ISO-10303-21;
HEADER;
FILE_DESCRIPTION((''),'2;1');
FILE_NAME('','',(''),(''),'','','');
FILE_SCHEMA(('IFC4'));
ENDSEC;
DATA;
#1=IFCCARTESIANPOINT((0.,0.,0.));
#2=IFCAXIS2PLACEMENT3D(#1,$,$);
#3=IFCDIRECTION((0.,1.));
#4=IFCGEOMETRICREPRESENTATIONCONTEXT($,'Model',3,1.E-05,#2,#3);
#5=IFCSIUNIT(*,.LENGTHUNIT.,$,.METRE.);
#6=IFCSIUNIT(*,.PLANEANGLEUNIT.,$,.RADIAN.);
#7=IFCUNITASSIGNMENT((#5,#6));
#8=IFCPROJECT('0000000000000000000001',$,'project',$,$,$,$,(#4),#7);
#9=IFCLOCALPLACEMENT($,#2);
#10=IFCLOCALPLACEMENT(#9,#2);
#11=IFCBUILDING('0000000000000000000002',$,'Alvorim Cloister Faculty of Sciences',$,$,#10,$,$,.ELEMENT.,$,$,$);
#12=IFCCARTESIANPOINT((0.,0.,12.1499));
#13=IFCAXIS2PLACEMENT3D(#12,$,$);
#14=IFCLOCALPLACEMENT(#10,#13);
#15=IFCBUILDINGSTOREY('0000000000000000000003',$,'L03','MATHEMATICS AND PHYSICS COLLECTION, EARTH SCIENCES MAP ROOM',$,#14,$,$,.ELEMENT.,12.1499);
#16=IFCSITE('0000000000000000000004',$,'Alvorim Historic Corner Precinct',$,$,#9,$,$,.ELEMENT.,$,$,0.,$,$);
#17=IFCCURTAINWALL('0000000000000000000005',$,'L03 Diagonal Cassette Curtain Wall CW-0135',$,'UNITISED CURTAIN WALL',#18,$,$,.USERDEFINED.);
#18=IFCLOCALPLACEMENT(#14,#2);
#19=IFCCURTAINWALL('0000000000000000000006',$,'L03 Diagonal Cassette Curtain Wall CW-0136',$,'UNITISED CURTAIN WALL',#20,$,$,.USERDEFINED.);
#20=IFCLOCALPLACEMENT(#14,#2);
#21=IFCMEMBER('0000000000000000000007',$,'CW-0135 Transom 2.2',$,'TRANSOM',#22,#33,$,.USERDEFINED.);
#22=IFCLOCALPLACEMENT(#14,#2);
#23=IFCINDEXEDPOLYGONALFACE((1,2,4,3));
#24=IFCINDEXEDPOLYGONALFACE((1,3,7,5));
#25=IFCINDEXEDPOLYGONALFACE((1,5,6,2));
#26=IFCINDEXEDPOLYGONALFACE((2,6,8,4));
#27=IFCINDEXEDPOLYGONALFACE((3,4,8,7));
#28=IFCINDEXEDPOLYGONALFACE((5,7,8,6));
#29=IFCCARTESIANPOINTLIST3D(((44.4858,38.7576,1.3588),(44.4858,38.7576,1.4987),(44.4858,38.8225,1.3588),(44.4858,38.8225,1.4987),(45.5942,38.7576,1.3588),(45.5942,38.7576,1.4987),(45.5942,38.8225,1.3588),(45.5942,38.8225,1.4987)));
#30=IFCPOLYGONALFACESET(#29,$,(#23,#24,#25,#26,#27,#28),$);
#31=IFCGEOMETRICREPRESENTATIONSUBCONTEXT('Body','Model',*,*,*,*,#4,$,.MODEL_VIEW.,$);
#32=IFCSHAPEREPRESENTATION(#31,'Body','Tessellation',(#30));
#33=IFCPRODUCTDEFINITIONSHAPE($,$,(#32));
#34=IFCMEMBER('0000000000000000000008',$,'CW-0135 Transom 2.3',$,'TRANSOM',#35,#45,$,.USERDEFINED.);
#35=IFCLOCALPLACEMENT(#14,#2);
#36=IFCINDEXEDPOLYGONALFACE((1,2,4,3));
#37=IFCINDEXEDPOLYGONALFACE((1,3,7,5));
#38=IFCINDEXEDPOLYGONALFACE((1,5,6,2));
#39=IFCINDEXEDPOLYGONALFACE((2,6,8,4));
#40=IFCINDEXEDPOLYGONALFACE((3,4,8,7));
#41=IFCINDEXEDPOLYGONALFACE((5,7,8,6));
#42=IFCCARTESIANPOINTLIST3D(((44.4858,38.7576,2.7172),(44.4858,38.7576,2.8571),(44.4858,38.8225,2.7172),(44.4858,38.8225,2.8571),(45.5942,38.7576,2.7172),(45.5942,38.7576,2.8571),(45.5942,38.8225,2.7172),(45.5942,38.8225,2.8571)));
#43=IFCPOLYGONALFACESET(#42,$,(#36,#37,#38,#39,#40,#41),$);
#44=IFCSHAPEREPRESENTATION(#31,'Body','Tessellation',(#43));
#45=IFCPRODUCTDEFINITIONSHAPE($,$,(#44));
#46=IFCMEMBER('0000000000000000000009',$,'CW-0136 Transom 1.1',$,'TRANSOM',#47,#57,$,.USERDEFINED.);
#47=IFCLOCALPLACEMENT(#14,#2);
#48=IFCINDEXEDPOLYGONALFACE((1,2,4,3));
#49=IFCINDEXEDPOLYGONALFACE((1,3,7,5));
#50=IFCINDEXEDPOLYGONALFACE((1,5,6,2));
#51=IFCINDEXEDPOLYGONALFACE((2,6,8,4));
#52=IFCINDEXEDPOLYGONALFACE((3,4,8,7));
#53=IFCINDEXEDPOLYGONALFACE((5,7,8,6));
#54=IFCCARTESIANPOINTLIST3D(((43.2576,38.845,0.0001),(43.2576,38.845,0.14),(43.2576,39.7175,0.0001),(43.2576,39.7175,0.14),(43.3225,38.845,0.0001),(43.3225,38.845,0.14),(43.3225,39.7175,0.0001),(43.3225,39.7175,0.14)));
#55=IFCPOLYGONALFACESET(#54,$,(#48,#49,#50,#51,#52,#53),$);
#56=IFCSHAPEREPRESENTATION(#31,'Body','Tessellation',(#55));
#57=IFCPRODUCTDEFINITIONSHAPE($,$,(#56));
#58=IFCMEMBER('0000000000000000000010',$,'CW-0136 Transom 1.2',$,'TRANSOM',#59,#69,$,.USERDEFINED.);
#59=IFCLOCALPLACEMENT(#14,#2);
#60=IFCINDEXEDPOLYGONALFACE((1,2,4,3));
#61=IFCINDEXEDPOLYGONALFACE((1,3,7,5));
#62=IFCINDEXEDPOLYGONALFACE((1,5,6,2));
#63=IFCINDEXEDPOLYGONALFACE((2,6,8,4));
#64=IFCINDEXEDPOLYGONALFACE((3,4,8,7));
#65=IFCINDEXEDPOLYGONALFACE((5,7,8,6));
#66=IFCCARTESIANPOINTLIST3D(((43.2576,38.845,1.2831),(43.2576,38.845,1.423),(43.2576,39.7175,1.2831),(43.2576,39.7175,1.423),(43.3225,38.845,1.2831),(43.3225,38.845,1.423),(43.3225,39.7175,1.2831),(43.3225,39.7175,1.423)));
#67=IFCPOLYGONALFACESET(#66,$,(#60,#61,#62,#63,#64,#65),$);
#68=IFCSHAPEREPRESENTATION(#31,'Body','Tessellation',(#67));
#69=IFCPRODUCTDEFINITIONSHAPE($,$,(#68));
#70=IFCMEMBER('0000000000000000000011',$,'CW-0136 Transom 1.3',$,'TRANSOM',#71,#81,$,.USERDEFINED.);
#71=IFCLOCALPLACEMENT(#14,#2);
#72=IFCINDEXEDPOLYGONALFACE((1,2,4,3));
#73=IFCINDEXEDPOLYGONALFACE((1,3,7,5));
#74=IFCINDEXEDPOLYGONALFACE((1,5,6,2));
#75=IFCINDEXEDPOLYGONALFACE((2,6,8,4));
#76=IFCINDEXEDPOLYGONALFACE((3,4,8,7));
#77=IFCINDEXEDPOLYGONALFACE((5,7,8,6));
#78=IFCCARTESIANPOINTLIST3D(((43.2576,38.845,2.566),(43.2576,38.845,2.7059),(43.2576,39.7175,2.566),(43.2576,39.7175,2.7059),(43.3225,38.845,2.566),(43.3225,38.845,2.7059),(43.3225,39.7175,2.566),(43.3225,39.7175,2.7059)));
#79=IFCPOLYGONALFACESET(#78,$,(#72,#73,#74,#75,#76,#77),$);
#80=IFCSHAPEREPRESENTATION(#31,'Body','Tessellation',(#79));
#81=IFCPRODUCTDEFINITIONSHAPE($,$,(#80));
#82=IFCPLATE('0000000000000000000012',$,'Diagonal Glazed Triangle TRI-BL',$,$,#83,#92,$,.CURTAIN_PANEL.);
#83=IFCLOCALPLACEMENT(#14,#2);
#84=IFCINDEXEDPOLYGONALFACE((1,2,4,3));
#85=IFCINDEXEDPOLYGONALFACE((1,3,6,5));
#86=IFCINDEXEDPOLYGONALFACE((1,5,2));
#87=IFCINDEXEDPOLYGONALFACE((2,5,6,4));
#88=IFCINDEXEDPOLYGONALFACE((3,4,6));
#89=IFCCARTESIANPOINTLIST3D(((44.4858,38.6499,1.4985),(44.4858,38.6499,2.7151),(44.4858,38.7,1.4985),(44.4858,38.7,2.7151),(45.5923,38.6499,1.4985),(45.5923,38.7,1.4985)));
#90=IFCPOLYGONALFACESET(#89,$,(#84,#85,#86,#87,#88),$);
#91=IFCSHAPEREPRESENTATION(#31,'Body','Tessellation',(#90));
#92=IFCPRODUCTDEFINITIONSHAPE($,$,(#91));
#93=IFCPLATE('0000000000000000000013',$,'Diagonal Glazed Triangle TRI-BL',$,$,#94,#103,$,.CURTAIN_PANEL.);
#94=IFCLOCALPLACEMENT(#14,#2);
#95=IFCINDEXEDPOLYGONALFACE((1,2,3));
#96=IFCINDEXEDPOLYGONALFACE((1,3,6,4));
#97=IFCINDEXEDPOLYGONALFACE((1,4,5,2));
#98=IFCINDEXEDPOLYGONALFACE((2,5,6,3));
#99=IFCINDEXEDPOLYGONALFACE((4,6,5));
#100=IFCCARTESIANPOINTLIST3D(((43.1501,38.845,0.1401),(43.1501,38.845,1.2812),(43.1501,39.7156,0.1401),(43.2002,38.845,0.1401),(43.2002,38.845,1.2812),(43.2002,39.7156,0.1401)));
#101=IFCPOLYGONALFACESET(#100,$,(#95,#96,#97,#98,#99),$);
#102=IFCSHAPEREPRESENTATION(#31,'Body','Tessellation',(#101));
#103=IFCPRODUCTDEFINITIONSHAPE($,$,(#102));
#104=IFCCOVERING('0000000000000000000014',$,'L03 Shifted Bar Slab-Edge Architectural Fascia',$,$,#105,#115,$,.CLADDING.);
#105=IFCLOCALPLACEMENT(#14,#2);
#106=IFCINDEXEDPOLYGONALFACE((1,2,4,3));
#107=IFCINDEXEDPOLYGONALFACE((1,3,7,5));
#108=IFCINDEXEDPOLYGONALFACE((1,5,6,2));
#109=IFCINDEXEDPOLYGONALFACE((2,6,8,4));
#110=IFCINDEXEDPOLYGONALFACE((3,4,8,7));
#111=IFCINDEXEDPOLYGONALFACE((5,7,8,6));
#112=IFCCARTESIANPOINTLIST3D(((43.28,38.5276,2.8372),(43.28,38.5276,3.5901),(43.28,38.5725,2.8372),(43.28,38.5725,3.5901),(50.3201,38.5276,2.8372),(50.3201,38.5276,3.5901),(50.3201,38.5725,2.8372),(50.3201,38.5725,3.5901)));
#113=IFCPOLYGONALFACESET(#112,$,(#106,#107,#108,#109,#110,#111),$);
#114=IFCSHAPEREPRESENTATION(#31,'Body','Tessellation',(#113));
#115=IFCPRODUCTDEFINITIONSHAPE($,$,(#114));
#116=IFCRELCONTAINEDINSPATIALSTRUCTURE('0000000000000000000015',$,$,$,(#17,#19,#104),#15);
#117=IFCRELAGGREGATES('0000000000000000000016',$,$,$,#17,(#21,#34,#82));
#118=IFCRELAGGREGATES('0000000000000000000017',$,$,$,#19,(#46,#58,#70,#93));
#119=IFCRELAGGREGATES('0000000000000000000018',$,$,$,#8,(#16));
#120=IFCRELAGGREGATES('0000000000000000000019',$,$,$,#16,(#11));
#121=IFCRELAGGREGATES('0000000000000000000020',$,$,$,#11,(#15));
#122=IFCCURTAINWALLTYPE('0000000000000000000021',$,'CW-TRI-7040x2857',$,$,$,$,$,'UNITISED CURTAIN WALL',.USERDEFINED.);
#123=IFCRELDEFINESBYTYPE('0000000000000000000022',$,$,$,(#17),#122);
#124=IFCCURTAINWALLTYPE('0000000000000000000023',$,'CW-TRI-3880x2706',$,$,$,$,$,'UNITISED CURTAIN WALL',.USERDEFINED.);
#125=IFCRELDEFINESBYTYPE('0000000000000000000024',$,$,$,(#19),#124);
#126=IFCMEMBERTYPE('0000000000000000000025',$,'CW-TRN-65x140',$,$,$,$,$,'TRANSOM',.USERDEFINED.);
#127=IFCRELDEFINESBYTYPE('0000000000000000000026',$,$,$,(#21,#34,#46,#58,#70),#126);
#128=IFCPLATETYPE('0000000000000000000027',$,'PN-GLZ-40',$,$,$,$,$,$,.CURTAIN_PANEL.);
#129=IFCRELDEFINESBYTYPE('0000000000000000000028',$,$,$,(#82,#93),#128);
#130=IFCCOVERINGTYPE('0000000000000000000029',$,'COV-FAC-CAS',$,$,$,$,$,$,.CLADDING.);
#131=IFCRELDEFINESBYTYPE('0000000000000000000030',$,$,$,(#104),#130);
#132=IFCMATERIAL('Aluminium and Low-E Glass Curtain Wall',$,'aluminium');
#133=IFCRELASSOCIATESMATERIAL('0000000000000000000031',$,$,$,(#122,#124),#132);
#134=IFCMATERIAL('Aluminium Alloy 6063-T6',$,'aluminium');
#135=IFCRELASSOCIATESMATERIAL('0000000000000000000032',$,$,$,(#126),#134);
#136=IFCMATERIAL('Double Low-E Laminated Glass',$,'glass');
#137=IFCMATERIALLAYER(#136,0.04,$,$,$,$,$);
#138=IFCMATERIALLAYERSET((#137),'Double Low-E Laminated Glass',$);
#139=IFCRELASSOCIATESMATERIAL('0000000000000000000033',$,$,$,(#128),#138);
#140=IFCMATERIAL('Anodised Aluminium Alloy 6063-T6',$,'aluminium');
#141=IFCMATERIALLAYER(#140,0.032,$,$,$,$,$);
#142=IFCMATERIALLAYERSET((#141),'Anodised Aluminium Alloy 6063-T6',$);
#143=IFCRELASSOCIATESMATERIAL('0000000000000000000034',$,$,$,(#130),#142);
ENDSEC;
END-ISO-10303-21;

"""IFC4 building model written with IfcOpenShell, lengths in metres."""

from ifc_helpers import new_model, si_unit, direction, frame, origin, origin_2d, place, context, subcontext, project, spatial, polyline, rectangle, outline, extrude, material, layer, layer_set, material_profile, profile_set, type_object, element, aggregate, save


model = new_model("IFC4")

# Units and contexts
model_context = context("Model", 3, precision=1e-05, world=origin(), true_north=direction((0.0, 1.0)))
body_context = subcontext(model_context, "Body", "Model", "MODEL_VIEW")
ifc_project = project(units=[si_unit("LENGTHUNIT", "METRE"), si_unit("PLANEANGLEUNIT", "RADIAN")], contexts=[model_context])

# Site, building, storey
site_placement = place(None, origin())
site = spatial("IfcSite", under=ifc_project, at=site_placement, Name="Alvorim Historic Corner Precinct", CompositionType="ELEMENT", RefElevation=0.0)
building_placement = place(site_placement, origin())
building = spatial("IfcBuilding", under=site, at=building_placement, Name="Alvorim Cloister Faculty of Sciences", CompositionType="ELEMENT")
storey_placement = place(building_placement, frame((0.0, 0.0, 12.1499)))
storey = spatial("IfcBuildingStorey", under=building, at=storey_placement, Name="L03", Description="MATHEMATICS AND PHYSICS COLLECTION, EARTH SCIENCES MAP ROOM", CompositionType="ELEMENT", Elevation=12.1499)

# Curtain wall
ifc_material_1 = material(Name="Aluminium and Low-E Glass Curtain Wall", Category="aluminium")
curtain_wall_type_1 = type_object("IfcCurtainWallType", Name="CW-TRI-7040x2857", ElementType="UNITISED CURTAIN WALL", PredefinedType="USERDEFINED", material=ifc_material_1)
curtain_wall_1_placement = place(storey_placement, origin())
curtain_wall_1 = element("IfcCurtainWall", 1, at=curtain_wall_1_placement, inside=storey, type_object=curtain_wall_type_1, Name="L03 Diagonal Cassette Curtain Wall CW-0135", ObjectType="UNITISED CURTAIN WALL", PredefinedType="USERDEFINED")
ifc_material_2 = material(Name="Aluminium Alloy 6063-T6", Category="aluminium")

# Curtain wall
curtain_wall_type_2 = type_object("IfcCurtainWallType", Name="CW-TRI-3880x2706", ElementType="UNITISED CURTAIN WALL", PredefinedType="USERDEFINED", material=ifc_material_1)
curtain_wall_2_placement = place(storey_placement, origin())
curtain_wall_2 = element("IfcCurtainWall", 2, at=curtain_wall_2_placement, inside=storey, type_object=curtain_wall_type_2, Name="L03 Diagonal Cassette Curtain Wall CW-0136", ObjectType="UNITISED CURTAIN WALL", PredefinedType="USERDEFINED")

# Members
ifc_material_profile_1 = material_profile(ifc_material_2, rectangle(XDim=0.0649, YDim=0.1399, at=origin_2d()), Name="ALU-TRN-65x140")
ifc_profile_set_1 = profile_set([ifc_material_profile_1], Name="Aluminium Alloy 6063-T6")
member_type_1 = type_object("IfcMemberType", Name="CW-TRN-65x140", ElementType="TRANSOM", PredefinedType="USERDEFINED", material=ifc_profile_set_1)
member_1_placement = place(storey_placement, frame((44.4858, 38.79, 1.4287), z_axis=(1.0, 0.0, 0.0), x_axis=(0.0, 1.0, 0.0)))
member_1 = element("IfcMember", 3, at=member_1_placement, type_object=member_type_1, Name="CW-0135 Transom 2.2", ObjectType="TRANSOM", PredefinedType="USERDEFINED", context=body_context, shape_type="SweptSolid", body=[
    extrude(rectangle(XDim=0.0649, YDim=0.1399, at=origin_2d()), origin(), (0.0, 0.0, 1.0), 1.1084),
])
member_2_placement = place(storey_placement, frame((44.4858, 38.79, 2.7871), z_axis=(1.0, 0.0, 0.0), x_axis=(0.0, 1.0, 0.0)))
member_2 = element("IfcMember", 4, at=member_2_placement, type_object=member_type_1, Name="CW-0135 Transom 2.3", ObjectType="TRANSOM", PredefinedType="USERDEFINED", context=body_context, shape_type="SweptSolid", body=[
    extrude(rectangle(XDim=0.0649, YDim=0.1399, at=origin_2d()), origin(), (0.0, 0.0, 1.0), 1.1084),
])
member_3_placement = place(storey_placement, frame((43.29, 38.845, 0.0701), z_axis=(0.0, 1.0, 0.0), x_axis=(-1.0, 0.0, 0.0)))
member_3 = element("IfcMember", 5, at=member_3_placement, type_object=member_type_1, Name="CW-0136 Transom 1.1", ObjectType="TRANSOM", PredefinedType="USERDEFINED", context=body_context, shape_type="SweptSolid", body=[
    extrude(rectangle(XDim=0.0649, YDim=0.1399, at=origin_2d()), origin(), (0.0, 0.0, 1.0), 0.8726),
])
member_4_placement = place(storey_placement, frame((43.29, 38.845, 1.353), z_axis=(0.0, 1.0, 0.0), x_axis=(-1.0, 0.0, 0.0)))
member_4 = element("IfcMember", 6, at=member_4_placement, type_object=member_type_1, Name="CW-0136 Transom 1.2", ObjectType="TRANSOM", PredefinedType="USERDEFINED", context=body_context, shape_type="SweptSolid", body=[
    extrude(rectangle(XDim=0.0649, YDim=0.1399, at=origin_2d()), origin(), (0.0, 0.0, 1.0), 0.8726),
])
member_5_placement = place(storey_placement, frame((43.29, 38.845, 2.636), z_axis=(0.0, 1.0, 0.0), x_axis=(-1.0, 0.0, 0.0)))
member_5 = element("IfcMember", 7, at=member_5_placement, type_object=member_type_1, Name="CW-0136 Transom 1.3", ObjectType="TRANSOM", PredefinedType="USERDEFINED", context=body_context, shape_type="SweptSolid", body=[
    extrude(rectangle(XDim=0.0649, YDim=0.1399, at=origin_2d()), origin(), (0.0, 0.0, 1.0), 0.8726),
])

# Plates
ifc_material_3 = material(Name="Double Low-E Laminated Glass", Category="glass")
ifc_layer_1 = layer(ifc_material_3, 0.04)
ifc_layer_set_1 = layer_set([ifc_layer_1], Name="Double Low-E Laminated Glass")
plate_type = type_object("IfcPlateType", Name="PN-GLZ-40", PredefinedType="CURTAIN_PANEL", material=ifc_layer_set_1)
plate_1_placement = place(storey_placement, frame((44.4858, 38.675, 1.4985), z_axis=(0.0, 0.0, 1.0), x_axis=(1.0, 0.0, 0.0)))
plate_1 = element("IfcPlate", 8, at=plate_1_placement, type_object=plate_type, Name="Diagonal Glazed Triangle TRI-BL", PredefinedType="CURTAIN_PANEL", context=body_context, shape_type="SweptSolid", body=[
    extrude(outline(polyline([(0.0, 0.0), (1.1064, 0.0), (0.0, 1.2166), (0.0, 0.0)])), frame((0.0, 0.0249, 0.0), z_axis=(0.0, -1.0, 0.0), x_axis=(1.0, 0.0, 0.0)), (0.0, 0.0, 1.0), 0.05),
])
aggregate(curtain_wall_1, [member_1, member_2, plate_1])
plate_2_placement = place(storey_placement, frame((43.175, 38.845, 0.1401), z_axis=(0.0, 0.0, 1.0), x_axis=(0.0, 1.0, 0.0)))
plate_2 = element("IfcPlate", 9, at=plate_2_placement, type_object=plate_type, Name="Diagonal Glazed Triangle TRI-BL", PredefinedType="CURTAIN_PANEL", context=body_context, shape_type="SweptSolid", body=[
    extrude(outline(polyline([(0.0, 0.0), (0.8706, 0.0), (0.0, 1.1411), (0.0, 0.0)])), frame((0.0, 0.0249, 0.0), z_axis=(0.0, -1.0, 0.0), x_axis=(1.0, 0.0, 0.0)), (0.0, 0.0, 1.0), 0.05),
])
aggregate(curtain_wall_2, [member_3, member_4, member_5, plate_2])

# Covering
ifc_material_4 = material(Name="Anodised Aluminium Alloy 6063-T6", Category="aluminium")
ifc_layer_2 = layer(ifc_material_4, 0.032)
ifc_layer_set_2 = layer_set([ifc_layer_2], Name="Anodised Aluminium Alloy 6063-T6")
covering_type = type_object("IfcCoveringType", Name="COV-FAC-CAS", PredefinedType="CLADDING", material=ifc_layer_set_2)
covering_placement = place(storey_placement, frame((43.28, 38.55, 2.8372), z_axis=(0.0, 0.0, 1.0), x_axis=(1.0, 0.0, 0.0)))
element("IfcCovering", 10, at=covering_placement, inside=storey, type_object=covering_type, Name="L03 Shifted Bar Slab-Edge Architectural Fascia", PredefinedType="CLADDING", context=body_context, shape_type="SweptSolid", body=[
    extrude(outline(polyline([(0.0, 0.0), (7.04, 0.0), (7.04, 0.7529), (0.0, 0.7529), (0.0, 0.0)])), frame((0.0, 0.0225, 0.0), z_axis=(0.0, -1.0, 0.0), x_axis=(1.0, 0.0, 0.0)), (0.0, 0.0, 1.0), 0.0449),
])

save(model, "model.ifc")
